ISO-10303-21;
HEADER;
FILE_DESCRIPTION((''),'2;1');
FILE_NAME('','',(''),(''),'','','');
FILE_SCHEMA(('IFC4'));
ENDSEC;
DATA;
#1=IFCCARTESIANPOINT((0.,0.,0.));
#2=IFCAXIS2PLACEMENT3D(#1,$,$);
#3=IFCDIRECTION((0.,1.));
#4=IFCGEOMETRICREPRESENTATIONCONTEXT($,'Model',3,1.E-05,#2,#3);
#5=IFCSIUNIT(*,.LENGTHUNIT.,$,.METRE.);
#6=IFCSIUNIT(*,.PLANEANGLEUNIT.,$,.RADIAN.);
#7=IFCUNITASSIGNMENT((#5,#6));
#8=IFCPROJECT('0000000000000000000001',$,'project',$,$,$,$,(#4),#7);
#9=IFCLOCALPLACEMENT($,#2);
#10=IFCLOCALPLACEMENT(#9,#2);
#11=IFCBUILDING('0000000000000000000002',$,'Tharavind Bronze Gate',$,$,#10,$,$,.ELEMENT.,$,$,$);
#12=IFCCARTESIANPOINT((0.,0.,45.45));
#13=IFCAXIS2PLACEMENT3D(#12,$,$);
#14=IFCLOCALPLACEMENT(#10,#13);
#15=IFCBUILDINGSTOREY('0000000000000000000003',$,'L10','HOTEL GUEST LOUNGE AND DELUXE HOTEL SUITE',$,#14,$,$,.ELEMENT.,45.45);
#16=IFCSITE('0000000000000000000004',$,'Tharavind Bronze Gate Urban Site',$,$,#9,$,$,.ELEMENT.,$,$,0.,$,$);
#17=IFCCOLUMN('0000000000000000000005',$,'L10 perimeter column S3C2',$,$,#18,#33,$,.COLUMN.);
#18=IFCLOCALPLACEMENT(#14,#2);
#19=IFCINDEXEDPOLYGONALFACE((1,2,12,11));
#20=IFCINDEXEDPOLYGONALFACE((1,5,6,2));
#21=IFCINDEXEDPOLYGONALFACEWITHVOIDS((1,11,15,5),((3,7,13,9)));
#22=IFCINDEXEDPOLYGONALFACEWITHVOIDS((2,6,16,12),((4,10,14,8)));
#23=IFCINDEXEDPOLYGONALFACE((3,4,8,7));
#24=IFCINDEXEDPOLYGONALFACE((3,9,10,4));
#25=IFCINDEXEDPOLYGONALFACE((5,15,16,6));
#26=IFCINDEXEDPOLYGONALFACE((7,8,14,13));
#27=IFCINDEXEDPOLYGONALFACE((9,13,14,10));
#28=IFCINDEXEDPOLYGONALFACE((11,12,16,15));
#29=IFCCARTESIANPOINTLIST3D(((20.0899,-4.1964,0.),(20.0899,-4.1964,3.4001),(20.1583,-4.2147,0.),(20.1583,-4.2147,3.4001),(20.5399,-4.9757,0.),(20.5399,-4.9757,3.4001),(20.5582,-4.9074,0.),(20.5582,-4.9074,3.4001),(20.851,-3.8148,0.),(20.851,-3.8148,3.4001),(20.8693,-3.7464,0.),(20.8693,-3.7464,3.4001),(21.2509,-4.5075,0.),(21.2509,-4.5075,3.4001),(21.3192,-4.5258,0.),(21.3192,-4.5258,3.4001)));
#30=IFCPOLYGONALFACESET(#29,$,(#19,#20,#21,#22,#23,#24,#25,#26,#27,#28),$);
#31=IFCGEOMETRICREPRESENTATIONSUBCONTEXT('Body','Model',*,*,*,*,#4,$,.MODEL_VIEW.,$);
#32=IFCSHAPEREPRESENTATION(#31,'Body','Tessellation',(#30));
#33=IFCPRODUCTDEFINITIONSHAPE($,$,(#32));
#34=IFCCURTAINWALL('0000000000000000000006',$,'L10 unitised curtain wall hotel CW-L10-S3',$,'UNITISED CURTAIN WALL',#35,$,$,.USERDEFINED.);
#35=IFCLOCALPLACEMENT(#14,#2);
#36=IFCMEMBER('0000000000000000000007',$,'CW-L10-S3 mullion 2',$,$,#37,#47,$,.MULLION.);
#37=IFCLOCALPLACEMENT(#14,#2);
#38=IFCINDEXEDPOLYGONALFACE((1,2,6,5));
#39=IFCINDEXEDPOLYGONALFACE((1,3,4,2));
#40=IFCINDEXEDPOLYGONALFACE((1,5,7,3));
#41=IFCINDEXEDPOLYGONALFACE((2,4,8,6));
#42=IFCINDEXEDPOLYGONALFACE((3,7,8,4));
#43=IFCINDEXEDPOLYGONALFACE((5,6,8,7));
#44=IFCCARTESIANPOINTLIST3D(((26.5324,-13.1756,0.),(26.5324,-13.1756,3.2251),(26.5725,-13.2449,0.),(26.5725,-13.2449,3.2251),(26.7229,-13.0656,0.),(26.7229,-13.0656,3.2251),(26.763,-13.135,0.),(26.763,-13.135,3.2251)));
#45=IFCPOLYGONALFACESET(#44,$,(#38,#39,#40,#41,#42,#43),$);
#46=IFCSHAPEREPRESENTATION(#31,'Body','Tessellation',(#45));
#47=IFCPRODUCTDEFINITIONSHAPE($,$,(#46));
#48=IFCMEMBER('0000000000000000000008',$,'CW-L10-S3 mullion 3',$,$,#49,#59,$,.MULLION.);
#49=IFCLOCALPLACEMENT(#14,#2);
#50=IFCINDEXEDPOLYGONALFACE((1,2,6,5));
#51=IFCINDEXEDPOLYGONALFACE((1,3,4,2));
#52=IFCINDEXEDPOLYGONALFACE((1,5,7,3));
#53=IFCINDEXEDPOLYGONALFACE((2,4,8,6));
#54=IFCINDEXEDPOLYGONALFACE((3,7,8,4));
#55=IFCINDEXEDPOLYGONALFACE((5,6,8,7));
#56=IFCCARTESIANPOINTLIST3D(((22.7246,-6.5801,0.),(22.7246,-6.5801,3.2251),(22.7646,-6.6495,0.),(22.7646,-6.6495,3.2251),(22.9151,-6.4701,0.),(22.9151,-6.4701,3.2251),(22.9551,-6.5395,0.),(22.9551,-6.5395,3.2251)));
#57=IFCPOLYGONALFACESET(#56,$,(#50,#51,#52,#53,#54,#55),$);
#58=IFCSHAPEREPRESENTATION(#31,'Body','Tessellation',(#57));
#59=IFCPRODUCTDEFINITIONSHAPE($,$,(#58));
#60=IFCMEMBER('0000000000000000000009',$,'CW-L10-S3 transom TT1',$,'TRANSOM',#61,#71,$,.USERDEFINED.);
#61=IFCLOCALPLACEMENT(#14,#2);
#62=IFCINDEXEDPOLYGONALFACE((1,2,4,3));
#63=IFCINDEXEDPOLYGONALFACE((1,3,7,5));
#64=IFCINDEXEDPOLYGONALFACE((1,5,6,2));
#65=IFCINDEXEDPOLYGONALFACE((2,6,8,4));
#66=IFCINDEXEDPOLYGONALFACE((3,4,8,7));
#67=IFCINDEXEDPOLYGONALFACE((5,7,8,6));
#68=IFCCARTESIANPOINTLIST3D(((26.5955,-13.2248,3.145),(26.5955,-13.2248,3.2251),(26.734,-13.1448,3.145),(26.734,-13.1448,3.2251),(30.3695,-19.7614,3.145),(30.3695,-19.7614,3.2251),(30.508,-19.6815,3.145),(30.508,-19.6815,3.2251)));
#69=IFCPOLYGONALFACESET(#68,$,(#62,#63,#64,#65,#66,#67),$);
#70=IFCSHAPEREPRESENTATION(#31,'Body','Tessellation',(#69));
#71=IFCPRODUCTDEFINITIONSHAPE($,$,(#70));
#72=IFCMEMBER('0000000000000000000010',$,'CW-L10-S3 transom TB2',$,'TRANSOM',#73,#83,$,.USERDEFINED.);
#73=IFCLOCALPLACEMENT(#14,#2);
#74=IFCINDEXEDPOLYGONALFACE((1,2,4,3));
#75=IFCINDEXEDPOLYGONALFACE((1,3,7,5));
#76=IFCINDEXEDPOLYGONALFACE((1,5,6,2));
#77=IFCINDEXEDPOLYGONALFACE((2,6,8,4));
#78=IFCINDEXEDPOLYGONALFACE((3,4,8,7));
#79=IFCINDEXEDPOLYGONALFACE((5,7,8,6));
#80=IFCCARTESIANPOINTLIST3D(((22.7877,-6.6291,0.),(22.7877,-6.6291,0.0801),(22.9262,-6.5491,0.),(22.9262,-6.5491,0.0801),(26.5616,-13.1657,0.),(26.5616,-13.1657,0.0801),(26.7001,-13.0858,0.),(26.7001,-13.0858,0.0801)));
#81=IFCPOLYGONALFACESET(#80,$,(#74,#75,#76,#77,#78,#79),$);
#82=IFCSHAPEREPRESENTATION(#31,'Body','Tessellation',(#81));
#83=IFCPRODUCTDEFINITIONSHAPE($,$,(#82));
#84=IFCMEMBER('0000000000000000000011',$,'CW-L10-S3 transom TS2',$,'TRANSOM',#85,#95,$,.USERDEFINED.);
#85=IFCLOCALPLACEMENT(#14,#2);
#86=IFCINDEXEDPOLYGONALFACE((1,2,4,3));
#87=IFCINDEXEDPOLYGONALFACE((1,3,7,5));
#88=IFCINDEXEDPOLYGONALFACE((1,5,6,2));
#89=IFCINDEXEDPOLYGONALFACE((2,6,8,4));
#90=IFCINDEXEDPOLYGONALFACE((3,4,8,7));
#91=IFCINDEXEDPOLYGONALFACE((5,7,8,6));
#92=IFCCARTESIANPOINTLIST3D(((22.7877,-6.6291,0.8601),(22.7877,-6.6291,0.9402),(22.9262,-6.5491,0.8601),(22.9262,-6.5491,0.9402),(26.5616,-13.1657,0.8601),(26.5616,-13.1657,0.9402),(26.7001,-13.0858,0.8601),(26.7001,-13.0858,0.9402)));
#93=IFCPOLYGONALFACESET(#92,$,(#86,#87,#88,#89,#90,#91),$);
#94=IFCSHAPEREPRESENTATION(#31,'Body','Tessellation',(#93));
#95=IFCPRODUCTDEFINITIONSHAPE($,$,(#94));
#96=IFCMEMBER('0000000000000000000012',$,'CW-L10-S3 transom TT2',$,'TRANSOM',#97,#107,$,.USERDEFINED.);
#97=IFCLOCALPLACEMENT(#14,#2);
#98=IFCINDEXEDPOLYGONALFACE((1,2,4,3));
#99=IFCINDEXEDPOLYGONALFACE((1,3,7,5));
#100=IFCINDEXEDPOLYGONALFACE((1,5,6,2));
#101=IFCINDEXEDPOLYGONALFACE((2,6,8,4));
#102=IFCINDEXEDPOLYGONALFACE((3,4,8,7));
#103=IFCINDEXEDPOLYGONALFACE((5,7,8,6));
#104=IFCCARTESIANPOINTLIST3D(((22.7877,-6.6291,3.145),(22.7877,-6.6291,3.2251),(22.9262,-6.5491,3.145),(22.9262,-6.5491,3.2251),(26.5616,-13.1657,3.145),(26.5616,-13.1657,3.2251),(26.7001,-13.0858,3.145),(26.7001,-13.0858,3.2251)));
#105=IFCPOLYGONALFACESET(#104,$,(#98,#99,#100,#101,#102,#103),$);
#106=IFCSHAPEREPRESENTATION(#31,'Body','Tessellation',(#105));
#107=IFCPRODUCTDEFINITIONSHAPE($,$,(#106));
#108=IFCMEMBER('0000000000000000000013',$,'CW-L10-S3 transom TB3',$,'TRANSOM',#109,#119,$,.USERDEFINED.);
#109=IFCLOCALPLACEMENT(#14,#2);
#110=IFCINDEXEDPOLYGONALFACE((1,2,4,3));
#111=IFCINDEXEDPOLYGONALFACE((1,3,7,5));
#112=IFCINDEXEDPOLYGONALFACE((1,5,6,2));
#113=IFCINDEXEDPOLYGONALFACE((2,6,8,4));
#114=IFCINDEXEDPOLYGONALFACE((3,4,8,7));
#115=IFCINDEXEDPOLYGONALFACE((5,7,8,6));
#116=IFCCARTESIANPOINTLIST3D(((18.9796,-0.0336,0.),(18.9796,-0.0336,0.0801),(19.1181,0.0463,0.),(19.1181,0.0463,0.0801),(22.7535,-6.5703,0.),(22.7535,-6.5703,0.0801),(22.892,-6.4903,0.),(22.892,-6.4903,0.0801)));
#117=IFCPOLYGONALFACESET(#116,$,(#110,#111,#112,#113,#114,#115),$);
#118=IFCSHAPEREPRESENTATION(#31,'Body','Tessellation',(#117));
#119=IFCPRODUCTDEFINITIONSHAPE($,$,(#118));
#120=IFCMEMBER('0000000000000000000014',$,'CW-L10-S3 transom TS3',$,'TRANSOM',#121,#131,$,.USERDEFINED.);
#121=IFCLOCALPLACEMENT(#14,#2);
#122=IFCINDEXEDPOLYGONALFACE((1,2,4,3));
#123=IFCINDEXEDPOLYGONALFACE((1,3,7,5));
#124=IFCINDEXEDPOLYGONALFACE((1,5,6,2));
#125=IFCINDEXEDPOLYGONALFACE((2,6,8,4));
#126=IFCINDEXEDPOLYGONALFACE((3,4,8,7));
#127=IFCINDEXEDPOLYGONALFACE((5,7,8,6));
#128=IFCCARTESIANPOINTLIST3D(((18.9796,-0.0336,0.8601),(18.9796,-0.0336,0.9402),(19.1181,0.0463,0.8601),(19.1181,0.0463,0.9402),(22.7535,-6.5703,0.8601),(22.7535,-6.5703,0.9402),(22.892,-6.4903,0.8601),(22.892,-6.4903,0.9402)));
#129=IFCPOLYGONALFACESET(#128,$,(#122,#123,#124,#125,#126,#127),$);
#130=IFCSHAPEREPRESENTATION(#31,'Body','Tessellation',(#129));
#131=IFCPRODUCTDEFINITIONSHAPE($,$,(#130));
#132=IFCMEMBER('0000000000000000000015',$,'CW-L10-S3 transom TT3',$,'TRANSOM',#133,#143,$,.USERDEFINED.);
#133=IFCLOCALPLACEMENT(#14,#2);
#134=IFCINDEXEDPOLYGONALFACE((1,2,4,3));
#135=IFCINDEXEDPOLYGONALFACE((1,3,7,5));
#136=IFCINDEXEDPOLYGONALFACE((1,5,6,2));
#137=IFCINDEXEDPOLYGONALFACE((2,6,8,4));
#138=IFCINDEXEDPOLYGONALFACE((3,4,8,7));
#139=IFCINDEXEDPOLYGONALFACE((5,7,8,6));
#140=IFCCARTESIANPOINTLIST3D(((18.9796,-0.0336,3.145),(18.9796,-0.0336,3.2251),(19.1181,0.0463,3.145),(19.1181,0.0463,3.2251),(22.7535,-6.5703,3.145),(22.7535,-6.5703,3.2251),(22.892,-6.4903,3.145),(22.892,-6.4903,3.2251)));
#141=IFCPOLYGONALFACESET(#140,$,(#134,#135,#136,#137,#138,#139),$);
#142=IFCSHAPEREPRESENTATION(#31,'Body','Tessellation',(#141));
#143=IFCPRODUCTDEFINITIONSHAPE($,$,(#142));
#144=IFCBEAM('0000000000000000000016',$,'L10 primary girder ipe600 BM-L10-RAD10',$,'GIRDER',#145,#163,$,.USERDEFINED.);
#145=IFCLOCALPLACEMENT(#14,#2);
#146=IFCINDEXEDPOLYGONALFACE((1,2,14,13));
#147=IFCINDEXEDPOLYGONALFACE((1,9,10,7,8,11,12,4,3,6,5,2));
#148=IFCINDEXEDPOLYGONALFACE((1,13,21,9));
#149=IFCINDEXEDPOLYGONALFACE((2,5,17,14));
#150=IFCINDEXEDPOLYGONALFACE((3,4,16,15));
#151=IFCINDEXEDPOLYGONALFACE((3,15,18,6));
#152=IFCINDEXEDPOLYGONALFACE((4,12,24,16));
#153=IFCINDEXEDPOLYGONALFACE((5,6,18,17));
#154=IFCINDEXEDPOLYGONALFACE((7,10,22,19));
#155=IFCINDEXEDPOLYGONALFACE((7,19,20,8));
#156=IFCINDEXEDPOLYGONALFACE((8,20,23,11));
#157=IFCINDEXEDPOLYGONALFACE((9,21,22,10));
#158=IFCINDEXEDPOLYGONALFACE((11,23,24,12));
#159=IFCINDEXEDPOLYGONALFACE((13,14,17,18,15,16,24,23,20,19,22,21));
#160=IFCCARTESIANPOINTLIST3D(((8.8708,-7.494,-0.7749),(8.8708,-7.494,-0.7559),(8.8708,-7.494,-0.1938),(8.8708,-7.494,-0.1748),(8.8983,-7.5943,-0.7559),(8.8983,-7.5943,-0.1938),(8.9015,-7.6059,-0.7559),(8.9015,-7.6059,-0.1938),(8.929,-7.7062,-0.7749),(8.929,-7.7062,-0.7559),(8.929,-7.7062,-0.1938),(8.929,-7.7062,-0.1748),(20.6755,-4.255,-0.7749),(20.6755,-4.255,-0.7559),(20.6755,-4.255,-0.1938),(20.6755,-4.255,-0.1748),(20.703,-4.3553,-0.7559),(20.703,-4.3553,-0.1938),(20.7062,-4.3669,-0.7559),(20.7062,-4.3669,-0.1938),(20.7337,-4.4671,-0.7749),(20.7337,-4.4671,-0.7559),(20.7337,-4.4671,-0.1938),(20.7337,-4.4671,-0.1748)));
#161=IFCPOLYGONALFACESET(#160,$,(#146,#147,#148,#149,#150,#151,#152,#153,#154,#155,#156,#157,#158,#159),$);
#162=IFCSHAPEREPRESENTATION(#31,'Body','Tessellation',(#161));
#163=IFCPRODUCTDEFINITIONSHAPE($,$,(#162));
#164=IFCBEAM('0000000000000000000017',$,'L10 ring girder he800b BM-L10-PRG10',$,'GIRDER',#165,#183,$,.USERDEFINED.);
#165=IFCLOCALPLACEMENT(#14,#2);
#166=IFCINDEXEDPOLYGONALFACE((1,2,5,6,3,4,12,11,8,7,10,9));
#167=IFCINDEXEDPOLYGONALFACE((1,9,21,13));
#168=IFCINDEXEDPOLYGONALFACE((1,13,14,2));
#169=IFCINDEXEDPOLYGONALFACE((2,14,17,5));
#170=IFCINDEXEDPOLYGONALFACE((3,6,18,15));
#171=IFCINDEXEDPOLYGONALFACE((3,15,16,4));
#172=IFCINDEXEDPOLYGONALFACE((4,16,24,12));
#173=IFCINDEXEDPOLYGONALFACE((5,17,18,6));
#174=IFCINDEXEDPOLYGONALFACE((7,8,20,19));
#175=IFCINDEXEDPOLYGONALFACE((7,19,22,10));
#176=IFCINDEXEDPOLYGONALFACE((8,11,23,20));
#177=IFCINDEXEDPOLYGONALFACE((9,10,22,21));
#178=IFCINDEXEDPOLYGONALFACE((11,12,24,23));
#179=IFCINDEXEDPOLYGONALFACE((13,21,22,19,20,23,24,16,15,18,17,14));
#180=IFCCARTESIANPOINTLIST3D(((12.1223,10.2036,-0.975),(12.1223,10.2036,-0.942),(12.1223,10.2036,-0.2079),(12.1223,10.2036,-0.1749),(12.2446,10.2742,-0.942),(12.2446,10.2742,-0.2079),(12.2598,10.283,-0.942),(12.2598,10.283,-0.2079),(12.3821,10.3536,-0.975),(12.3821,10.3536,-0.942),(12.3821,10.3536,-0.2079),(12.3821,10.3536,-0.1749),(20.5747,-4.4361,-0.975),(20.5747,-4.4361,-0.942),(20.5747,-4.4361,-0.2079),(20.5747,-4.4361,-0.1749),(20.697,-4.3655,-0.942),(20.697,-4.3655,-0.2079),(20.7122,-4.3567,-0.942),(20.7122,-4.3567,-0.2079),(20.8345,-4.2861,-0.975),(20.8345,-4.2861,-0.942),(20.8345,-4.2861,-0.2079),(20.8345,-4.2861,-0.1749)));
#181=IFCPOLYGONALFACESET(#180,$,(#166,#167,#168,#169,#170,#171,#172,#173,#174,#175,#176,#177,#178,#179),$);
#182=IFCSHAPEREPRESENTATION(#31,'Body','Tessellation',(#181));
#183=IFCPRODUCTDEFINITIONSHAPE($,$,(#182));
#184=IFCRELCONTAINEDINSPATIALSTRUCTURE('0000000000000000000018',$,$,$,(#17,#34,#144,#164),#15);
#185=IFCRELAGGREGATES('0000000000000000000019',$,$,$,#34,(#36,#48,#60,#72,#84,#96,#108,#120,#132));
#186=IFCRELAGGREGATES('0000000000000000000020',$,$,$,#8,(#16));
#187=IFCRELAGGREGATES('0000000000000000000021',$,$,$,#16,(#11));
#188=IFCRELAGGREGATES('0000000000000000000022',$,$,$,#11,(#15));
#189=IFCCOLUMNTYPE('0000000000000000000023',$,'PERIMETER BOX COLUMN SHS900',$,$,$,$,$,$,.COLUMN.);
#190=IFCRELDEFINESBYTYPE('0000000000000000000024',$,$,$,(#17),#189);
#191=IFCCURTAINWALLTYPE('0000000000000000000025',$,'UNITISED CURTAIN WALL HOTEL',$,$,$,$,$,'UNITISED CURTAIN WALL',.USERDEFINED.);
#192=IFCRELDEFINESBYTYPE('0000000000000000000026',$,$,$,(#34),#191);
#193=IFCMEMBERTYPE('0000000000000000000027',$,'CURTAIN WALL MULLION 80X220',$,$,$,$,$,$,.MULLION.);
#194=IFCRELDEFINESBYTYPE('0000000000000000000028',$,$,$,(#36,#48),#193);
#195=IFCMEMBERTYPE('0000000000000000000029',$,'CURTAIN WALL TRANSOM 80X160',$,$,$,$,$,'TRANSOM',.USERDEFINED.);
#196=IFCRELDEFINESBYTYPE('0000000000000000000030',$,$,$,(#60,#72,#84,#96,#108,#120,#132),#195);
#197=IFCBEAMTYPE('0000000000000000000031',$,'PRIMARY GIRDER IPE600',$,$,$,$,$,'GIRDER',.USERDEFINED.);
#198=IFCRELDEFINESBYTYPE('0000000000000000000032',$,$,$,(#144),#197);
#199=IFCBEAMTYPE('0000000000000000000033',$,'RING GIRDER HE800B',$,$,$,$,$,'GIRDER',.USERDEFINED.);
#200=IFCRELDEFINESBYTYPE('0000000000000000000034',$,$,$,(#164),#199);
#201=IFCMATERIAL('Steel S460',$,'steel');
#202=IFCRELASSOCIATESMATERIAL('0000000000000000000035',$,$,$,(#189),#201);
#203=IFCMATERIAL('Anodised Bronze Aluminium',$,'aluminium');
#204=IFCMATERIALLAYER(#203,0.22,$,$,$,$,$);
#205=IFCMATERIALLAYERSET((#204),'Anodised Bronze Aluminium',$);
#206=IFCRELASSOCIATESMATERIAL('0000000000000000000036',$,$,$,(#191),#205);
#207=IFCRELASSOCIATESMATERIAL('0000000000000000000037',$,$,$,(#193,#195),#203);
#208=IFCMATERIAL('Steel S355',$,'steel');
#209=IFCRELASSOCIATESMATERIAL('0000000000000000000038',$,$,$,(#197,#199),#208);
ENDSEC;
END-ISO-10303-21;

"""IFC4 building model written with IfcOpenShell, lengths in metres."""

from ifc_helpers import new_model, si_unit, direction, frame, origin, origin_2d, place, context, subcontext, project, spatial, rectangle, hollow_rectangle, i_section, extrude, material, layer, layer_set, material_profile, profile_set, type_object, element, aggregate, save


model = new_model("IFC4")

# Units and contexts
model_context = context("Model", 3, precision=1e-05, world=origin(), true_north=direction((0.0, 1.0)))
body_context = subcontext(model_context, "Body", "Model", "MODEL_VIEW")
ifc_project = project(units=[si_unit("LENGTHUNIT", "METRE"), si_unit("PLANEANGLEUNIT", "RADIAN")], contexts=[model_context])

# Site, building, storey
site_placement = place(None, origin())
site = spatial("IfcSite", under=ifc_project, at=site_placement, Name="Tharavind Bronze Gate Urban Site", CompositionType="ELEMENT", RefElevation=0.0)
building_placement = place(site_placement, origin())
building = spatial("IfcBuilding", under=site, at=building_placement, Name="Tharavind Bronze Gate", CompositionType="ELEMENT")
storey_placement = place(building_placement, frame((0.0, 0.0, 45.45)))
storey = spatial("IfcBuildingStorey", under=building, at=storey_placement, Name="L10", Description="HOTEL GUEST LOUNGE AND DELUXE HOTEL SUITE", CompositionType="ELEMENT", Elevation=45.45)

# Column
ifc_material_1 = material(Name="Steel S460", Category="steel")
ifc_material_profile_1 = material_profile(ifc_material_1, hollow_rectangle(XDim=0.8999, YDim=0.8999, WallThickness=0.05, at=origin_2d()), Name="SHS900X50")
ifc_profile_set_1 = profile_set([ifc_material_profile_1], Name="Steel S460")
column_type = type_object("IfcColumnType", Name="PERIMETER BOX COLUMN SHS900", PredefinedType="COLUMN", material=ifc_profile_set_1)
column_placement = place(storey_placement, frame((20.7046, -4.3611, 0.0), z_axis=(0.0, 0.0, 1.0), x_axis=(-0.500002, 0.866025, 0.0)))
element("IfcColumn", 1, at=column_placement, inside=storey, type_object=column_type, Name="L10 perimeter column S3C2", PredefinedType="COLUMN", context=body_context, shape_type="SweptSolid", body=[
    extrude(hollow_rectangle(XDim=0.8999, YDim=0.8999, WallThickness=0.05, at=origin_2d()), origin(), (0.0, 0.0, 1.0), 3.4001),
])

# Curtain wall, members
ifc_material_2 = material(Name="Anodised Bronze Aluminium", Category="aluminium")
ifc_layer_1 = layer(ifc_material_2, 0.22)
ifc_layer_set_1 = layer_set([ifc_layer_1], Name="Anodised Bronze Aluminium")
curtain_wall_type = type_object("IfcCurtainWallType", Name="UNITISED CURTAIN WALL HOTEL", ElementType="UNITISED CURTAIN WALL", PredefinedType="USERDEFINED", material=ifc_layer_set_1)
curtain_wall_placement = place(storey_placement, origin())
curtain_wall = element("IfcCurtainWall", 2, at=curtain_wall_placement, inside=storey, type_object=curtain_wall_type, Name="L10 unitised curtain wall hotel CW-L10-S3", ObjectType="UNITISED CURTAIN WALL", PredefinedType="USERDEFINED")
member_type_1 = type_object("IfcMemberType", Name="CURTAIN WALL MULLION 80X220", PredefinedType="MULLION", material=ifc_material_2)
member_1_placement = place(storey_placement, frame((26.6477, -13.1553, 0.0), z_axis=(0.0, 0.0, 1.0), x_axis=(-0.500002, 0.866025, 0.0)))
member_1 = element("IfcMember", 3, at=member_1_placement, type_object=member_type_1, Name="CW-L10-S3 mullion 2", PredefinedType="MULLION", context=body_context, shape_type="SweptSolid", body=[
    extrude(rectangle(XDim=0.0801, YDim=0.22, at=origin_2d()), origin(), (0.0, 0.0, 1.0), 3.2251),
])
member_2_placement = place(storey_placement, frame((22.8398, -6.5598, 0.0), z_axis=(0.0, 0.0, 1.0), x_axis=(-0.500002, 0.866025, 0.0)))
member_2 = element("IfcMember", 4, at=member_2_placement, type_object=member_type_1, Name="CW-L10-S3 mullion 3", PredefinedType="MULLION", context=body_context, shape_type="SweptSolid", body=[
    extrude(rectangle(XDim=0.0801, YDim=0.22, at=origin_2d()), origin(), (0.0, 0.0, 1.0), 3.2251),
])
member_type_2 = type_object("IfcMemberType", Name="CURTAIN WALL TRANSOM 80X160", ElementType="TRANSOM", PredefinedType="USERDEFINED", material=ifc_material_2)
member_3_placement = place(storey_placement, frame((28.5518, -16.4531, 3.145), z_axis=(0.0, 0.0, 1.0), x_axis=(-0.500002, 0.866025, 0.0)))
member_3 = element("IfcMember", 5, at=member_3_placement, type_object=member_type_2, Name="CW-L10-S3 transom TT1", ObjectType="TRANSOM", PredefinedType="USERDEFINED", context=body_context, shape_type="SweptSolid", body=[
    extrude(rectangle(XDim=7.5479, YDim=0.1599, at=origin_2d()), origin(), (0.0, 0.0, 1.0), 0.0801),
])
member_4_placement = place(storey_placement, frame((24.7439, -9.8574, 0.0), z_axis=(0.0, 0.0, 1.0), x_axis=(-0.500002, 0.866025, 0.0)))
member_4 = element("IfcMember", 6, at=member_4_placement, type_object=member_type_2, Name="CW-L10-S3 transom TB2", ObjectType="TRANSOM", PredefinedType="USERDEFINED", context=body_context, shape_type="SweptSolid", body=[
    extrude(rectangle(XDim=7.5479, YDim=0.1599, at=origin_2d()), origin(), (0.0, 0.0, 1.0), 0.0801),
])
member_5_placement = place(storey_placement, frame((24.7439, -9.8574, 0.8601), z_axis=(0.0, 0.0, 1.0), x_axis=(-0.500002, 0.866025, 0.0)))
member_5 = element("IfcMember", 7, at=member_5_placement, type_object=member_type_2, Name="CW-L10-S3 transom TS2", ObjectType="TRANSOM", PredefinedType="USERDEFINED", context=body_context, shape_type="SweptSolid", body=[
    extrude(rectangle(XDim=7.5479, YDim=0.1599, at=origin_2d()), origin(), (0.0, 0.0, 1.0), 0.0801),
])
member_6_placement = place(storey_placement, frame((24.7439, -9.8574, 3.145), z_axis=(0.0, 0.0, 1.0), x_axis=(-0.500002, 0.866025, 0.0)))
member_6 = element("IfcMember", 8, at=member_6_placement, type_object=member_type_2, Name="CW-L10-S3 transom TT2", ObjectType="TRANSOM", PredefinedType="USERDEFINED", context=body_context, shape_type="SweptSolid", body=[
    extrude(rectangle(XDim=7.5479, YDim=0.1599, at=origin_2d()), origin(), (0.0, 0.0, 1.0), 0.0801),
])
member_7_placement = place(storey_placement, frame((20.9358, -3.262, 0.0), z_axis=(0.0, 0.0, 1.0), x_axis=(-0.500002, 0.866025, 0.0)))
member_7 = element("IfcMember", 9, at=member_7_placement, type_object=member_type_2, Name="CW-L10-S3 transom TB3", ObjectType="TRANSOM", PredefinedType="USERDEFINED", context=body_context, shape_type="SweptSolid", body=[
    extrude(rectangle(XDim=7.5479, YDim=0.1599, at=origin_2d()), origin(), (0.0, 0.0, 1.0), 0.0801),
])
member_8_placement = place(storey_placement, frame((20.9358, -3.262, 0.8601), z_axis=(0.0, 0.0, 1.0), x_axis=(-0.500002, 0.866025, 0.0)))
member_8 = element("IfcMember", 10, at=member_8_placement, type_object=member_type_2, Name="CW-L10-S3 transom TS3", ObjectType="TRANSOM", PredefinedType="USERDEFINED", context=body_context, shape_type="SweptSolid", body=[
    extrude(rectangle(XDim=7.5479, YDim=0.1599, at=origin_2d()), origin(), (0.0, 0.0, 1.0), 0.0801),
])
member_9_placement = place(storey_placement, frame((20.9358, -3.262, 3.145), z_axis=(0.0, 0.0, 1.0), x_axis=(-0.500002, 0.866025, 0.0)))
member_9 = element("IfcMember", 11, at=member_9_placement, type_object=member_type_2, Name="CW-L10-S3 transom TT3", ObjectType="TRANSOM", PredefinedType="USERDEFINED", context=body_context, shape_type="SweptSolid", body=[
    extrude(rectangle(XDim=7.5479, YDim=0.1599, at=origin_2d()), origin(), (0.0, 0.0, 1.0), 0.0801),
])

# Beams
ifc_material_3 = material(Name="Steel S355", Category="steel")
ifc_material_profile_2 = material_profile(ifc_material_3, i_section(OverallWidth=0.22, OverallDepth=0.6001, WebThickness=0.012, FlangeThickness=0.019, at=origin_2d()), Name="IPE600")
ifc_profile_set_2 = profile_set([ifc_material_profile_2], Name="Steel S355")
beam_type_1 = type_object("IfcBeamType", Name="PRIMARY GIRDER IPE600", ElementType="GIRDER", PredefinedType="USERDEFINED", material=ifc_profile_set_2)
beam_1_placement = place(storey_placement, frame((20.7046, -4.3611, -0.4749), z_axis=(-0.964357, -0.264604, 0.0), x_axis=(0.264604, -0.964357, 0.0)))
element("IfcBeam", 12, at=beam_1_placement, inside=storey, type_object=beam_type_1, Name="L10 primary girder ipe600 BM-L10-RAD10", ObjectType="GIRDER", PredefinedType="USERDEFINED", context=body_context, shape_type="SweptSolid", body=[
    extrude(i_section(OverallWidth=0.22, OverallDepth=0.6001, WebThickness=0.012, FlangeThickness=0.019, at=origin_2d()), origin(), (0.0, 0.0, 1.0), 12.241),
])
ifc_material_profile_3 = material_profile(ifc_material_3, i_section(OverallWidth=0.3, OverallDepth=0.8, WebThickness=0.0176, FlangeThickness=0.033, at=origin_2d()), Name="HE800B")
ifc_profile_set_3 = profile_set([ifc_material_profile_3], Name="Steel S355")
beam_type_2 = type_object("IfcBeamType", Name="RING GIRDER HE800B", ElementType="GIRDER", PredefinedType="USERDEFINED", material=ifc_profile_set_3)
beam_2_placement = place(storey_placement, frame((20.7046, -4.3611, -0.575), z_axis=(-0.500008, 0.866021, 0.0), x_axis=(-0.866021, -0.500008, 0.0)))
element("IfcBeam", 13, at=beam_2_placement, inside=storey, type_object=beam_type_2, Name="L10 ring girder he800b BM-L10-PRG10", ObjectType="GIRDER", PredefinedType="USERDEFINED", context=body_context, shape_type="SweptSolid", body=[
    extrude(i_section(OverallWidth=0.3, OverallDepth=0.8, WebThickness=0.0176, FlangeThickness=0.033, at=origin_2d()), origin(), (0.0, 0.0, 1.0), 16.9045),
])

aggregate(curtain_wall, [member_1, member_2, member_3, member_4, member_5, member_6, member_7, member_8, member_9])

save(model, "model.ifc")
